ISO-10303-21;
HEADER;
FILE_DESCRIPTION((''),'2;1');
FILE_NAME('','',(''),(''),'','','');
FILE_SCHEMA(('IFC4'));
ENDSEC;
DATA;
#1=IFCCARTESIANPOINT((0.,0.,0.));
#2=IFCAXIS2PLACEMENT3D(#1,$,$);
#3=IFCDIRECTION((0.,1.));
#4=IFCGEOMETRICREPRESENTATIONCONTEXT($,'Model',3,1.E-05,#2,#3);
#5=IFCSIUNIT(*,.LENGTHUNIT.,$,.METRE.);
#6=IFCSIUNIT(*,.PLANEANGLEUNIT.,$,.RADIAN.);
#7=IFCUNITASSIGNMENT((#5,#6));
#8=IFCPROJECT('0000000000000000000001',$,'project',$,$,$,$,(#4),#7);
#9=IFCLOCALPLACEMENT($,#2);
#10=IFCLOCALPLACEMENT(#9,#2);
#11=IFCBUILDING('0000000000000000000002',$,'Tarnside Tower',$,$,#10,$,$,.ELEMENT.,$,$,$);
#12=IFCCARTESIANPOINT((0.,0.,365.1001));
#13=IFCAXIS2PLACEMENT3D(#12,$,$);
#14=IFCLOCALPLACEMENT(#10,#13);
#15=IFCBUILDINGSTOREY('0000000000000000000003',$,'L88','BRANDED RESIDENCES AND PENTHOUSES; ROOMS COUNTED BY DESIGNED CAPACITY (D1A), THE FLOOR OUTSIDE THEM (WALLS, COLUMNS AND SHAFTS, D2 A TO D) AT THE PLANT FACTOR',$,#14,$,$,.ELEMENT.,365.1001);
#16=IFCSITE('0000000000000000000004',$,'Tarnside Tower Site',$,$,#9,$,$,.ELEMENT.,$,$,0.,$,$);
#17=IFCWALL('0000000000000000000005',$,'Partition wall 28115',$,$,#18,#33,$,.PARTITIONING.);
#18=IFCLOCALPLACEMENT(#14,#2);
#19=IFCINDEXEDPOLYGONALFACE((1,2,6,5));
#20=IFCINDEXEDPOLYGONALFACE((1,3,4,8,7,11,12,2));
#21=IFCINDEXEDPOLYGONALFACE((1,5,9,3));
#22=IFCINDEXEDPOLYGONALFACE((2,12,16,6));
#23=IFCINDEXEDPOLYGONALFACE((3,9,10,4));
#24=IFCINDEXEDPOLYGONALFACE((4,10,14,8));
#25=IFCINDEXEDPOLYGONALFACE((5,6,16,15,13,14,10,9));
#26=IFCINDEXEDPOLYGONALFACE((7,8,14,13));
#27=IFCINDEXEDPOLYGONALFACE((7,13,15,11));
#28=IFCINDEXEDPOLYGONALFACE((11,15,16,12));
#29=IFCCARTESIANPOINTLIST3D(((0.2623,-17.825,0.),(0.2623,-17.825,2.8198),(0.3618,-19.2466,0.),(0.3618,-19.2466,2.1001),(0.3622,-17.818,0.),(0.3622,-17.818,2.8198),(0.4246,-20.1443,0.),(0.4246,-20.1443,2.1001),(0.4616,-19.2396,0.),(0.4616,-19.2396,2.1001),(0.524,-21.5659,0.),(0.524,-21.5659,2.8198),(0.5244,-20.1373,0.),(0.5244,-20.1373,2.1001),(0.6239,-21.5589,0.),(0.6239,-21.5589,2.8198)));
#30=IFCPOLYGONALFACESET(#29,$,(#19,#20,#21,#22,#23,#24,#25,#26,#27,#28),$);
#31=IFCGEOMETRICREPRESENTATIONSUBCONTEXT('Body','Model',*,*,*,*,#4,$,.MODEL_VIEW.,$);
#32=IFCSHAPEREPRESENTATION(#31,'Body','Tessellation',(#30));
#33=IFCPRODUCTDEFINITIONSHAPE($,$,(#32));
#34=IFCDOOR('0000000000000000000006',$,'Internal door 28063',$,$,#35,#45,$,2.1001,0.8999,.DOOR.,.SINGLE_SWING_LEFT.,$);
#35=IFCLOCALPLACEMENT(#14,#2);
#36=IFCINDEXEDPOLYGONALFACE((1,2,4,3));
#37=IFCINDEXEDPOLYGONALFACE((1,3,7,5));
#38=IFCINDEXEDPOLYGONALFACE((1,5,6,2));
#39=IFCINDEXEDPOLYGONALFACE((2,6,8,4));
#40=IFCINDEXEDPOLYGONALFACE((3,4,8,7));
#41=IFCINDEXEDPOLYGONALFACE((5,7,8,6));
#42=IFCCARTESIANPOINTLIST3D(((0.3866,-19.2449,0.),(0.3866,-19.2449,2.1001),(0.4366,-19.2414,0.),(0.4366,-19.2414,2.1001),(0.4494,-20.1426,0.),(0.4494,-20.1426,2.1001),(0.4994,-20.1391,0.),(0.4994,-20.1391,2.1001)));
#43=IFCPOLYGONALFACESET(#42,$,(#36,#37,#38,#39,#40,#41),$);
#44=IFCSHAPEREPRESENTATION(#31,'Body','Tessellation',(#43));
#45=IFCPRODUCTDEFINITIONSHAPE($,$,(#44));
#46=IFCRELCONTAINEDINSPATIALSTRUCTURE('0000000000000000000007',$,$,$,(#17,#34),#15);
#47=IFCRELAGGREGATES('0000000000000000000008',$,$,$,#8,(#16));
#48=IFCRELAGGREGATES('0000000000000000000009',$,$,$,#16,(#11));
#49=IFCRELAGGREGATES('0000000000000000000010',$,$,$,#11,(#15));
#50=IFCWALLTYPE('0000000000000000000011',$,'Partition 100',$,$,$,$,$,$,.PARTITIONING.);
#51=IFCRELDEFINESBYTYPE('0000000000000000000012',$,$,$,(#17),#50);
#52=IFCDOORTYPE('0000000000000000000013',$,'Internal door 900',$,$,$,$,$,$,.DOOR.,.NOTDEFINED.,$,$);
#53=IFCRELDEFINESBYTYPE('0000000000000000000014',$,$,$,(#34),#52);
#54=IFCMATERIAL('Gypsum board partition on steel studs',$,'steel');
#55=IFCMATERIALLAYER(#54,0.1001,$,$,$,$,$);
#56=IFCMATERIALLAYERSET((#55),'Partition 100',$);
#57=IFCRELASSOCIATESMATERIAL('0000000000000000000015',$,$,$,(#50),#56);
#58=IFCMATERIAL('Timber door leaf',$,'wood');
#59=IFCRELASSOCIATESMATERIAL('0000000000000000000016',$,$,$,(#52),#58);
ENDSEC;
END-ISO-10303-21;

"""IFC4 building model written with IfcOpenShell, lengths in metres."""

from ifc_helpers import new_model, si_unit, direction, frame, frame_2d, origin, place, context, subcontext, project, spatial, rectangle, extrude, material, layer, layer_set, type_object, element, fill, save


model = new_model("IFC4")

# Units and contexts
model_context = context("Model", 3, precision=1e-05, world=origin(), true_north=direction((0.0, 1.0)))
body_context = subcontext(model_context, "Body", "Model", "MODEL_VIEW")
ifc_project = project(units=[si_unit("LENGTHUNIT", "METRE"), si_unit("PLANEANGLEUNIT", "RADIAN")], contexts=[model_context])

# Site, building, storey
site_placement = place(None, origin())
site = spatial("IfcSite", under=ifc_project, at=site_placement, Name="Tarnside Tower Site", CompositionType="ELEMENT", RefElevation=0.0)
building_placement = place(site_placement, origin())
building = spatial("IfcBuilding", under=site, at=building_placement, Name="Tarnside Tower", CompositionType="ELEMENT")
storey_placement = place(building_placement, frame((0.0, 0.0, 365.1001)))
storey = spatial("IfcBuildingStorey", under=building, at=storey_placement, Name="L88", Description="BRANDED RESIDENCES AND PENTHOUSES; ROOMS COUNTED BY DESIGNED CAPACITY (D1A), THE FLOOR OUTSIDE THEM (WALLS, COLUMNS AND SHAFTS, D2 A TO D) AT THE PLANT FACTOR", CompositionType="ELEMENT", Elevation=365.1001)

# Shared definitions
ifc_material_1 = material(Name="Gypsum board partition on steel studs", Category="steel")

# Shared definitions
ifc_material_2 = material(Name="Timber door leaf", Category="wood")

# Wall, opening, door
ifc_layer_1 = layer(ifc_material_1, 0.1001)
ifc_layer_set_1 = layer_set([ifc_layer_1], Name="Partition 100")
wall_type_1 = type_object("IfcWallType", Name="Partition 100", PredefinedType="PARTITIONING", material=ifc_layer_set_1)
wall_1_placement = place(storey_placement, frame((0.3123, -17.8215, 0.0), z_axis=(0.0, 0.0, 1.0), x_axis=(0.06979, -0.997562, 0.0)))
wall_1 = element("IfcWall", 1, at=wall_1_placement, inside=storey, type_object=wall_type_1, Name="Partition wall 28115", PredefinedType="PARTITIONING", context=body_context, shape_type="SweptSolid", body=[
    extrude(rectangle(XDim=3.75, YDim=0.1001, at=frame_2d((1.875, 0.0))), origin(), (0.0, 0.0, 1.0), 2.8198),
])
opening_1_placement = place(wall_1_placement, frame((1.425, 0.0, 0.0)))
opening_1 = element("IfcOpeningElement", 2, at=opening_1_placement, cuts=wall_1, PredefinedType="OPENING", context=body_context, shape_type="SweptSolid", body=[
    extrude(rectangle(XDim=0.8999, YDim=2.1001, at=frame_2d((0.45, 1.05))), frame((0.0, 0.0601, 0.0), z_axis=(0.0, -1.0, 0.0), x_axis=(1.0, 0.0, 0.0)), (0.0, 0.0, 1.0), 0.1201),
])
door_type_1 = type_object("IfcDoorType", Name="Internal door 900", OperationType="NOTDEFINED", PredefinedType="DOOR", material=ifc_material_2)
door_1_placement = place(opening_1_placement, origin())
door_1 = element("IfcDoor", 3, at=door_1_placement, inside=storey, type_object=door_type_1, Name="Internal door 28063", OperationType="SINGLE_SWING_LEFT", OverallHeight=2.1001, OverallWidth=0.8999, PredefinedType="DOOR", context=body_context, shape_type="SweptSolid", body=[
    extrude(rectangle(XDim=0.8999, YDim=2.1001, at=frame_2d((0.45, 1.05))), frame((0.0, 0.0249, 0.0), z_axis=(0.0, -1.0, 0.0), x_axis=(1.0, 0.0, 0.0)), (0.0, 0.0, 1.0), 0.05),
])
fill(opening_1, door_1)

save(model, "model.ifc")
